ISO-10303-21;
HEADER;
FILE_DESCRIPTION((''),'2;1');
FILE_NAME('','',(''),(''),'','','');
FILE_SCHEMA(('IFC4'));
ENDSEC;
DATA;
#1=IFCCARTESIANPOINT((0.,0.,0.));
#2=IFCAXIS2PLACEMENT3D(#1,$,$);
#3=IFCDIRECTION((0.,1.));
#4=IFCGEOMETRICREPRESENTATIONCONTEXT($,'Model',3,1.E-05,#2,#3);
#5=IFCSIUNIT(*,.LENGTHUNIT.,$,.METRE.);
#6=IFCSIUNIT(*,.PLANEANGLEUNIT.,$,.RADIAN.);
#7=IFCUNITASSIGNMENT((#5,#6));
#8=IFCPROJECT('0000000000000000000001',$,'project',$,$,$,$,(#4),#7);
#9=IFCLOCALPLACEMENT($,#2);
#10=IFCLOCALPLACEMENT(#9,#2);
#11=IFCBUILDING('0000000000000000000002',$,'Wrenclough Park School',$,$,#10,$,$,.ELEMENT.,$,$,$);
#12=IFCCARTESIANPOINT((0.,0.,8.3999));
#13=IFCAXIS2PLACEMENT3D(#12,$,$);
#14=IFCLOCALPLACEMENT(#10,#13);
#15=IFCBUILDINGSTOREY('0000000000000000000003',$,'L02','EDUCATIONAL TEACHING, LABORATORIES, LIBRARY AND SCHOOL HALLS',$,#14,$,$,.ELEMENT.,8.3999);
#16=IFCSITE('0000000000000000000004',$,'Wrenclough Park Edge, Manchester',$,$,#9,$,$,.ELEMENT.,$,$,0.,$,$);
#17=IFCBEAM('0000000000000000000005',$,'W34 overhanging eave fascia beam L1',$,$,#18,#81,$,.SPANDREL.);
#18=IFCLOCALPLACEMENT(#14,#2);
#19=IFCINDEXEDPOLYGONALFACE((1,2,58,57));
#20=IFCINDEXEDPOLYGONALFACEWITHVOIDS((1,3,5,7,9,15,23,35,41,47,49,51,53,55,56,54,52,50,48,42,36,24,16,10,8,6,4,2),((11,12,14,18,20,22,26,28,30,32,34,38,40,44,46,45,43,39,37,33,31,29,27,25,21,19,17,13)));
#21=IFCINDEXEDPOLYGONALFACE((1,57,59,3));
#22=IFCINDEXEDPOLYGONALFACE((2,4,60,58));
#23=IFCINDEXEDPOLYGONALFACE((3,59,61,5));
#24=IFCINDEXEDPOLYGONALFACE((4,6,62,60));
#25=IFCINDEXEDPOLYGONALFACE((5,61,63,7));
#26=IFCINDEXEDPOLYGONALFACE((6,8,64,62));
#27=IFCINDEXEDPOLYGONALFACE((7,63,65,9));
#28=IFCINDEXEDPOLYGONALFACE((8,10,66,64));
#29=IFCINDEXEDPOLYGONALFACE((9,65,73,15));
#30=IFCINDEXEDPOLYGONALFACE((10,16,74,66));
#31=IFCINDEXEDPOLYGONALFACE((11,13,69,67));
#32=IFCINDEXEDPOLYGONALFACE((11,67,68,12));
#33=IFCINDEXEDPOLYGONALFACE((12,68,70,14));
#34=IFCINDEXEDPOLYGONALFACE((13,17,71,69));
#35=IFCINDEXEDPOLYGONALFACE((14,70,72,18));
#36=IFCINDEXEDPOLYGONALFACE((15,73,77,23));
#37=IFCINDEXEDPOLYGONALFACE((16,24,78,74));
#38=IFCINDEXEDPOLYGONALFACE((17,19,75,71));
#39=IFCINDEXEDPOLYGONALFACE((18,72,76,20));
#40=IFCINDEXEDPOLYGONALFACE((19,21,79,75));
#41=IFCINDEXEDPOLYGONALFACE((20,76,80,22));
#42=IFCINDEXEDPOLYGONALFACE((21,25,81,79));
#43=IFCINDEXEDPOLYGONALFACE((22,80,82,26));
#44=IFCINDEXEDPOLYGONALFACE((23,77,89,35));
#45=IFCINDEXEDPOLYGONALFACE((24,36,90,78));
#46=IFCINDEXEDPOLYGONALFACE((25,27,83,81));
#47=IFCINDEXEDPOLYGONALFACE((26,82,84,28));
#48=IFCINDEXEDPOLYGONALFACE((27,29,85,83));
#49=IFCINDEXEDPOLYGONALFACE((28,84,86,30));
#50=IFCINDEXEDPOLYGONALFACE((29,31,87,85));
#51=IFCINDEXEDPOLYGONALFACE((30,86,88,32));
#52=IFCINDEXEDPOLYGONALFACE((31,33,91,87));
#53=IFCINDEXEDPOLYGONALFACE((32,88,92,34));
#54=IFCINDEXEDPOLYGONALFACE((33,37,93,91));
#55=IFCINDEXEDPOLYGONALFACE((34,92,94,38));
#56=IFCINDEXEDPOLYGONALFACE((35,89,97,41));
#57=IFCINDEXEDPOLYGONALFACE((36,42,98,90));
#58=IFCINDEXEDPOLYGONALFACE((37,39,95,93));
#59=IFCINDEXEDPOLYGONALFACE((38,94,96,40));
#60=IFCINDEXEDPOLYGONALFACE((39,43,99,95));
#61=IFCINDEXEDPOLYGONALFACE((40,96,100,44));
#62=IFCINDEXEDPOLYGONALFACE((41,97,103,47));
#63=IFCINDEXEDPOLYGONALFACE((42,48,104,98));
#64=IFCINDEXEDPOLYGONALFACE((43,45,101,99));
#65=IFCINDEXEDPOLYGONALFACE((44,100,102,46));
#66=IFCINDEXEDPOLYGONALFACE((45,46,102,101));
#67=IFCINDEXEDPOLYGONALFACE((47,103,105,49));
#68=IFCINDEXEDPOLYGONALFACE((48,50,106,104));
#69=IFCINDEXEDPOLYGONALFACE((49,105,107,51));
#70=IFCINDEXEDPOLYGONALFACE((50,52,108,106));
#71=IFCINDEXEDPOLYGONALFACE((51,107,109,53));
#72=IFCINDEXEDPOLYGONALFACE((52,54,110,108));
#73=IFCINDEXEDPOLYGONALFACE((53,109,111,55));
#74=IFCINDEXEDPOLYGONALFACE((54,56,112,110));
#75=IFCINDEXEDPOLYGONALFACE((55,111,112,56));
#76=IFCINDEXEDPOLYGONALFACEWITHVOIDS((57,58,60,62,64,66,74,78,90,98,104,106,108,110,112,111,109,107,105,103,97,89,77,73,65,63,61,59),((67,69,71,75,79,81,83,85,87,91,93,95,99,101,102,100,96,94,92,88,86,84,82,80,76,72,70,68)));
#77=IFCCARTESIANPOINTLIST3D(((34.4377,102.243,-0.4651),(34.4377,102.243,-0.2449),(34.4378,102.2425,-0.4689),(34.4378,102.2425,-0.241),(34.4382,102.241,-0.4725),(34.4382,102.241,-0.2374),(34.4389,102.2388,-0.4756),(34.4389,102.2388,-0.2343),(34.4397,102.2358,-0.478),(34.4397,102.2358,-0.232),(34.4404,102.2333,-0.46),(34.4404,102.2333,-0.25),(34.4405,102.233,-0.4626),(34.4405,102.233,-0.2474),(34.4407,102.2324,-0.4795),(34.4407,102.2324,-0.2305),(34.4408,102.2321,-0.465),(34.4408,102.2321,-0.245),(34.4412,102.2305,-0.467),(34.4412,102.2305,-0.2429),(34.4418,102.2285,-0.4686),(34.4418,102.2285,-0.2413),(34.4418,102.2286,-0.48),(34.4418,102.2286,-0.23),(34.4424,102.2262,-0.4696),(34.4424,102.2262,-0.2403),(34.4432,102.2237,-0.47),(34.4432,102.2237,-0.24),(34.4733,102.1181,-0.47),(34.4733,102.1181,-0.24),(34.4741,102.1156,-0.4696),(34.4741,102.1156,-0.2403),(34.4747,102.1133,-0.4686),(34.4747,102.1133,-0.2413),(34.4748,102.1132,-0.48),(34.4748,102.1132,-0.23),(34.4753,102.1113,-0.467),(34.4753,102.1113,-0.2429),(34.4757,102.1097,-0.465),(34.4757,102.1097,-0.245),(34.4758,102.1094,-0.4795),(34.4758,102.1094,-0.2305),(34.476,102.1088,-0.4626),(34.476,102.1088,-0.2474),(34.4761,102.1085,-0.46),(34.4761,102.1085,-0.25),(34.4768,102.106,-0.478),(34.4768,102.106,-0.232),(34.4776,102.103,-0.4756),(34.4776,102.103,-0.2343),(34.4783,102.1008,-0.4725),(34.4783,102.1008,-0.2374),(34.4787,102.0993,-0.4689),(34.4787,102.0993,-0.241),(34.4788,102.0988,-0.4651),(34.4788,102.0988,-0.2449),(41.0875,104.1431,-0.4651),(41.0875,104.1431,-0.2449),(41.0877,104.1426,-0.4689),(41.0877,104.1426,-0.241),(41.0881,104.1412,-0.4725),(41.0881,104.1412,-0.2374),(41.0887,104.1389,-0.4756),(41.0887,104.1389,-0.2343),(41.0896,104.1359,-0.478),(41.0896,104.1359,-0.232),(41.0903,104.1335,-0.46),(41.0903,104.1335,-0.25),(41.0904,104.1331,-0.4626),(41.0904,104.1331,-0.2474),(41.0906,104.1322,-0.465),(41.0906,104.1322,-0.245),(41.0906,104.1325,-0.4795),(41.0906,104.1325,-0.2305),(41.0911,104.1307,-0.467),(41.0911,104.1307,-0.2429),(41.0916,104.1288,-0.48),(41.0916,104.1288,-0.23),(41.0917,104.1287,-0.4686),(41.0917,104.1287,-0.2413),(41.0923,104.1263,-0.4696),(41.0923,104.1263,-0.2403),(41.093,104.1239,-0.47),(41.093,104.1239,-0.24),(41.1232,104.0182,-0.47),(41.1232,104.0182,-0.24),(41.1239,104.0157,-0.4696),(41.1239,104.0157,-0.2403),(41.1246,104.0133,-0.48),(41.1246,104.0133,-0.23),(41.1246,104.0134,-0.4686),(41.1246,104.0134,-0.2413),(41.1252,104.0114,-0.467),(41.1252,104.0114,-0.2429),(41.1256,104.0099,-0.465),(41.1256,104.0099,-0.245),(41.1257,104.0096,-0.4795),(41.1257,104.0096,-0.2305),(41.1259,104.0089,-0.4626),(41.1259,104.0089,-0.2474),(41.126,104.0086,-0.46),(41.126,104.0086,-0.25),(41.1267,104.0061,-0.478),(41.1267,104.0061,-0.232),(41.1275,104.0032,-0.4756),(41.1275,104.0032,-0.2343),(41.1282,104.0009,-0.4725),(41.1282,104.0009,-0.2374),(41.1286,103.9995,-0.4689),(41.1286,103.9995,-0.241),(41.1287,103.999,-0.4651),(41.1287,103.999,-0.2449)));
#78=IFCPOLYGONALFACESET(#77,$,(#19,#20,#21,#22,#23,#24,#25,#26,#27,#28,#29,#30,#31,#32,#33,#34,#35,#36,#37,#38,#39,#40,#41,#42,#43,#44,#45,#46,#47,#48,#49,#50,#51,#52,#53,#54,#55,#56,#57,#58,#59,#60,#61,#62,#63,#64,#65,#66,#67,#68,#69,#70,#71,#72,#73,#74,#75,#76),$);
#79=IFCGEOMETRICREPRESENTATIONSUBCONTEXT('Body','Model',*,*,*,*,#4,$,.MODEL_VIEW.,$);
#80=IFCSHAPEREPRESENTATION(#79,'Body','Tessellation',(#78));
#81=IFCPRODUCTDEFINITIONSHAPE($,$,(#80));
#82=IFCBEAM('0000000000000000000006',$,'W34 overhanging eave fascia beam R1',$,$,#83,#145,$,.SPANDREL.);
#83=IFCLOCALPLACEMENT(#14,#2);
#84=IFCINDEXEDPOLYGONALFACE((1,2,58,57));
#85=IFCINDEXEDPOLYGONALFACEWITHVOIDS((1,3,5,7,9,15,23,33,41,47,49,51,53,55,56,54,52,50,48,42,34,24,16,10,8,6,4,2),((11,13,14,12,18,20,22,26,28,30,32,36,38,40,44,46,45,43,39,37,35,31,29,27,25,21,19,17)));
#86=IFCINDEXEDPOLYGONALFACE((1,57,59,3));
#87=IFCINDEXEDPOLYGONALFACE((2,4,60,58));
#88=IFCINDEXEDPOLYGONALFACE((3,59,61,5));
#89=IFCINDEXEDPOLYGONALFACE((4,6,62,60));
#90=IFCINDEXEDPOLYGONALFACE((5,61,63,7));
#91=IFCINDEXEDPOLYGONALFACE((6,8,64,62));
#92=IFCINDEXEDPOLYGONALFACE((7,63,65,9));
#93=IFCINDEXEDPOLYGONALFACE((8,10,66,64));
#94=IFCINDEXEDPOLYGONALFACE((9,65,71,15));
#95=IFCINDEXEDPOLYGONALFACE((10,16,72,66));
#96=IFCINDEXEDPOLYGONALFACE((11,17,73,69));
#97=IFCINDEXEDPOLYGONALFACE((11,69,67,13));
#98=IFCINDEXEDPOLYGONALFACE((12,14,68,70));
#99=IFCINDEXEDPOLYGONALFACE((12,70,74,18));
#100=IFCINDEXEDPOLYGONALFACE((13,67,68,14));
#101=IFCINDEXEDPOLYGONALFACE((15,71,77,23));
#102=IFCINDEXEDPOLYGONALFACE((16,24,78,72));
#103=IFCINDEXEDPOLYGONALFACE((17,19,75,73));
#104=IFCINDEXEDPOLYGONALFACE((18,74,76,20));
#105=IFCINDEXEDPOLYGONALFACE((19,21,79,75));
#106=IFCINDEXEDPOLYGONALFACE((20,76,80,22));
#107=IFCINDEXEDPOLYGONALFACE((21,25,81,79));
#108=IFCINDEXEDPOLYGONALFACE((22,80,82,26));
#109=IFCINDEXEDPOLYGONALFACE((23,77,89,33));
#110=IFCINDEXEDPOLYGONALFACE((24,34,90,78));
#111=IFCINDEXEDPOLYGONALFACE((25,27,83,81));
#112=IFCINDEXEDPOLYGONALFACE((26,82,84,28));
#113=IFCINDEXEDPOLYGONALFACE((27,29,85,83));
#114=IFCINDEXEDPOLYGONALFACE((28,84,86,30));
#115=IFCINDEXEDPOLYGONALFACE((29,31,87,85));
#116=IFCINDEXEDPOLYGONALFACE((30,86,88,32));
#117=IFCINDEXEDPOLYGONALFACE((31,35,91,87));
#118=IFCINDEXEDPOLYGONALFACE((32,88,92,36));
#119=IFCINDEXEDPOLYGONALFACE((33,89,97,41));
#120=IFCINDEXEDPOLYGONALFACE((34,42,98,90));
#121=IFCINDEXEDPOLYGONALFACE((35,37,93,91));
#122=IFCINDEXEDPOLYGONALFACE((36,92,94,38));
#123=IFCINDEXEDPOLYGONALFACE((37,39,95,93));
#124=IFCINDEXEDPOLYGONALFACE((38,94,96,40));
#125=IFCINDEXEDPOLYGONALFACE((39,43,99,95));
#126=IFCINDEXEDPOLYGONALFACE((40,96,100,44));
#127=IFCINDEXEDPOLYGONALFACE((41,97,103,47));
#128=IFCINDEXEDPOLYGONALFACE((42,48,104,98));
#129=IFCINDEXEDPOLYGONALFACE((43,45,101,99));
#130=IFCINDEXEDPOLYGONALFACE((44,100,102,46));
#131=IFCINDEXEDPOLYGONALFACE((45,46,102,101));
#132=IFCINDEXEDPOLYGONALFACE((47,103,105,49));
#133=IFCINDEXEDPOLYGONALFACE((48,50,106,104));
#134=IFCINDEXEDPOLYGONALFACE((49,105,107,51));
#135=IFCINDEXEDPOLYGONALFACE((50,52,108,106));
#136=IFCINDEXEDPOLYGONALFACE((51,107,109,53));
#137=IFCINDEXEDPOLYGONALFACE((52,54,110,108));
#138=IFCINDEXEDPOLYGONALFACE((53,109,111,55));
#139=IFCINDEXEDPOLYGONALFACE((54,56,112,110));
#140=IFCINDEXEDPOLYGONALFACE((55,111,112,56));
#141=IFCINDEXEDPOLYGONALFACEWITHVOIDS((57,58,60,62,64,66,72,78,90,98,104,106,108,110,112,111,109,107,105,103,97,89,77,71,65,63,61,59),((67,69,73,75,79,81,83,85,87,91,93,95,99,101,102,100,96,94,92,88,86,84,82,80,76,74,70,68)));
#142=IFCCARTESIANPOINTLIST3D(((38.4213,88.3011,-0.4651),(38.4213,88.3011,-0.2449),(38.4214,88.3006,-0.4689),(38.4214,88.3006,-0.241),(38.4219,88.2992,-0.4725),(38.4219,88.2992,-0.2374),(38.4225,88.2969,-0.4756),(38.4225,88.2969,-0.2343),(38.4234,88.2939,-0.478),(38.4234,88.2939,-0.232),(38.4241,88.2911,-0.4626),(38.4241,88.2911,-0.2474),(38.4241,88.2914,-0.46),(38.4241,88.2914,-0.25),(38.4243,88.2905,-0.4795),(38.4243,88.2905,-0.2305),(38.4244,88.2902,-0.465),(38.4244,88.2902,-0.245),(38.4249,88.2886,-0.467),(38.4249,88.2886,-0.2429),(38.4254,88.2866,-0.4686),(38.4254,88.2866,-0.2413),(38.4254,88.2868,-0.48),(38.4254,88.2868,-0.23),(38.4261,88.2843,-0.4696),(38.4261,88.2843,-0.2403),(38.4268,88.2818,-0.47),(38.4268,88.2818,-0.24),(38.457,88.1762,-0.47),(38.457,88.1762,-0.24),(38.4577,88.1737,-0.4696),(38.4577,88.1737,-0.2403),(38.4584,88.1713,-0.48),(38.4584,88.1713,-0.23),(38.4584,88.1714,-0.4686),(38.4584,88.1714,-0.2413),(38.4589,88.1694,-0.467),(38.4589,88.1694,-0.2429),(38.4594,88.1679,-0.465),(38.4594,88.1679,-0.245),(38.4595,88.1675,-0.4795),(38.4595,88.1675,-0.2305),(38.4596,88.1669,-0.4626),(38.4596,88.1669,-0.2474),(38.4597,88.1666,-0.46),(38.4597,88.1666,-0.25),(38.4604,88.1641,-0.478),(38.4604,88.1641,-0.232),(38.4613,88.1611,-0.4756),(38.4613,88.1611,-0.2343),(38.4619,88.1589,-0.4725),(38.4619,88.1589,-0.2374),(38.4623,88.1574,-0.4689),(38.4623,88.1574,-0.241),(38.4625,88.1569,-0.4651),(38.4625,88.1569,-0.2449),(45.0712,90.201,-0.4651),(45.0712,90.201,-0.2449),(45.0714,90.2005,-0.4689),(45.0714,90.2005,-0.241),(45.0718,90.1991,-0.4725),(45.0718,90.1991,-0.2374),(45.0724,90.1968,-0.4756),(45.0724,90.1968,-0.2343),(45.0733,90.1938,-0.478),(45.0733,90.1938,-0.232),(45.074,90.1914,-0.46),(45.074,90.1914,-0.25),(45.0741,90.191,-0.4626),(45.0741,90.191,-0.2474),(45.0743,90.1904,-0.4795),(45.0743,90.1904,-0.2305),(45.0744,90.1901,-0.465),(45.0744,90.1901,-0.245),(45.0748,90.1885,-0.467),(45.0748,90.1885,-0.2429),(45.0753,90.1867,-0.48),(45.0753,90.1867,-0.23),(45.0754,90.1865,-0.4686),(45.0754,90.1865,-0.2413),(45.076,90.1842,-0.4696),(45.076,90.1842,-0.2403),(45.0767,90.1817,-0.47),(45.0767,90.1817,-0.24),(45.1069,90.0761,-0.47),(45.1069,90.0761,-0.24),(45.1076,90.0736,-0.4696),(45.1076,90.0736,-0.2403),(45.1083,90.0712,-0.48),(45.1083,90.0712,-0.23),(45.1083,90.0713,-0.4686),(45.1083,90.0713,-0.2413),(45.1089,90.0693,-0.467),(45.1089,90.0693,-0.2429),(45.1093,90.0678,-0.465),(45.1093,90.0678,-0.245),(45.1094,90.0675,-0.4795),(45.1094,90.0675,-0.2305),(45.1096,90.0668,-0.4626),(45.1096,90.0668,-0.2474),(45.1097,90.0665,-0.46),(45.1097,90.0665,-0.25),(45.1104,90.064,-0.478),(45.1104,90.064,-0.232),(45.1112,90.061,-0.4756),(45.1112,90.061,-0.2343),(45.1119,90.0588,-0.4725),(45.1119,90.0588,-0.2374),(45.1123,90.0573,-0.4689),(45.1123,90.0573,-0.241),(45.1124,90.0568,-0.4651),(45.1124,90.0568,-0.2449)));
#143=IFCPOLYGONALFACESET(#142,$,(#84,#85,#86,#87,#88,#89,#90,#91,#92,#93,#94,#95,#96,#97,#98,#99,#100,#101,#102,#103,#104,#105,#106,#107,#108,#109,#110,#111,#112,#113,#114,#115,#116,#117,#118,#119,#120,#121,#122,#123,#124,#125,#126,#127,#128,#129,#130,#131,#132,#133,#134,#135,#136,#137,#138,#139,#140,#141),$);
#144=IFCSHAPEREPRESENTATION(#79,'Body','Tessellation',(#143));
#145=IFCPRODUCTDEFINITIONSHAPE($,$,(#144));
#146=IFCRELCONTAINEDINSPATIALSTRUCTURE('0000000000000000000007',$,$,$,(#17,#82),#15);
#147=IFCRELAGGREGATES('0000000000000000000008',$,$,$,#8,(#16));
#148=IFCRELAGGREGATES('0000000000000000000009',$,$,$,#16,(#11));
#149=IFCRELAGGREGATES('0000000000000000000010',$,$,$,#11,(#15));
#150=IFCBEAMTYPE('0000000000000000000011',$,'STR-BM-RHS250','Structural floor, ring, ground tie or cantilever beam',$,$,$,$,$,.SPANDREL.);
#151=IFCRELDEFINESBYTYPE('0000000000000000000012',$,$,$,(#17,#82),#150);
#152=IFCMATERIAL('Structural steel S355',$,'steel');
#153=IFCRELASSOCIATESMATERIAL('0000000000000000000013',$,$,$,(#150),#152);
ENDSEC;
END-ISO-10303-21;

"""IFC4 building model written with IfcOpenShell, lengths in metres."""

from ifc_helpers import new_model, si_unit, direction, frame, origin, origin_2d, place, context, subcontext, project, spatial, hollow_rectangle, extrude, material, material_profile, profile_set, type_object, element, save


model = new_model("IFC4")

# Units and contexts
model_context = context("Model", 3, precision=1e-05, world=origin(), true_north=direction((0.0, 1.0)))
body_context = subcontext(model_context, "Body", "Model", "MODEL_VIEW")
ifc_project = project(units=[si_unit("LENGTHUNIT", "METRE"), si_unit("PLANEANGLEUNIT", "RADIAN")], contexts=[model_context])

# Site, building, storey
site_placement = place(None, origin())
site = spatial("IfcSite", under=ifc_project, at=site_placement, Name="Wrenclough Park Edge, Manchester", CompositionType="ELEMENT", RefElevation=0.0)
building_placement = place(site_placement, origin())
building = spatial("IfcBuilding", under=site, at=building_placement, Name="Wrenclough Park School", CompositionType="ELEMENT")
storey_placement = place(building_placement, frame((0.0, 0.0, 8.3999)))
storey = spatial("IfcBuildingStorey", under=building, at=storey_placement, Name="L02", Description="EDUCATIONAL TEACHING, LABORATORIES, LIBRARY AND SCHOOL HALLS", CompositionType="ELEMENT", Elevation=8.3999)

# Shared definitions
ifc_material_1 = material(Name="Structural steel S355", Category="steel")

# Beams
ifc_material_profile_1 = material_profile(ifc_material_1, hollow_rectangle(XDim=0.1499, YDim=0.25, WallThickness=0.01, InnerFilletRadius=0.01, OuterFilletRadius=0.0149, at=origin_2d()), Name="RHS 250x150x10.0")
ifc_profile_set_1 = profile_set([ifc_material_profile_1], Name="Structural steel S355")
beam_type_1 = type_object("IfcBeamType", Name="STR-BM-RHS250", Description="Structural floor, ring, ground tie or cantilever beam", PredefinedType="SPANDREL", material=ifc_profile_set_1)
for number, where, z_axis, x_axis, name in (
    (1, (34.4583, 102.1709, -0.355), (0.961517, 0.274744, 0.0), (-0.274744, 0.961517, 0.0), "W34 overhanging eave fascia beam L1"),
    (2, (38.4419, 88.229, -0.355), (0.961527, 0.274712, 0.0), (-0.274712, 0.961527, 0.0), "W34 overhanging eave fascia beam R1"),
):
    element("IfcBeam", number, at=place(storey_placement, frame(where, z_axis=z_axis, x_axis=x_axis)), inside=storey, type_object=beam_type_1, Name=name, PredefinedType="SPANDREL", context=body_context, shape_type="SweptSolid", body=[
        extrude(hollow_rectangle(XDim=0.1499, YDim=0.25, WallThickness=0.01, InnerFilletRadius=0.01, OuterFilletRadius=0.0149, at=origin_2d()), origin(), (0.0, 0.0, 1.0), 6.916),
    ])

save(model, "model.ifc")
